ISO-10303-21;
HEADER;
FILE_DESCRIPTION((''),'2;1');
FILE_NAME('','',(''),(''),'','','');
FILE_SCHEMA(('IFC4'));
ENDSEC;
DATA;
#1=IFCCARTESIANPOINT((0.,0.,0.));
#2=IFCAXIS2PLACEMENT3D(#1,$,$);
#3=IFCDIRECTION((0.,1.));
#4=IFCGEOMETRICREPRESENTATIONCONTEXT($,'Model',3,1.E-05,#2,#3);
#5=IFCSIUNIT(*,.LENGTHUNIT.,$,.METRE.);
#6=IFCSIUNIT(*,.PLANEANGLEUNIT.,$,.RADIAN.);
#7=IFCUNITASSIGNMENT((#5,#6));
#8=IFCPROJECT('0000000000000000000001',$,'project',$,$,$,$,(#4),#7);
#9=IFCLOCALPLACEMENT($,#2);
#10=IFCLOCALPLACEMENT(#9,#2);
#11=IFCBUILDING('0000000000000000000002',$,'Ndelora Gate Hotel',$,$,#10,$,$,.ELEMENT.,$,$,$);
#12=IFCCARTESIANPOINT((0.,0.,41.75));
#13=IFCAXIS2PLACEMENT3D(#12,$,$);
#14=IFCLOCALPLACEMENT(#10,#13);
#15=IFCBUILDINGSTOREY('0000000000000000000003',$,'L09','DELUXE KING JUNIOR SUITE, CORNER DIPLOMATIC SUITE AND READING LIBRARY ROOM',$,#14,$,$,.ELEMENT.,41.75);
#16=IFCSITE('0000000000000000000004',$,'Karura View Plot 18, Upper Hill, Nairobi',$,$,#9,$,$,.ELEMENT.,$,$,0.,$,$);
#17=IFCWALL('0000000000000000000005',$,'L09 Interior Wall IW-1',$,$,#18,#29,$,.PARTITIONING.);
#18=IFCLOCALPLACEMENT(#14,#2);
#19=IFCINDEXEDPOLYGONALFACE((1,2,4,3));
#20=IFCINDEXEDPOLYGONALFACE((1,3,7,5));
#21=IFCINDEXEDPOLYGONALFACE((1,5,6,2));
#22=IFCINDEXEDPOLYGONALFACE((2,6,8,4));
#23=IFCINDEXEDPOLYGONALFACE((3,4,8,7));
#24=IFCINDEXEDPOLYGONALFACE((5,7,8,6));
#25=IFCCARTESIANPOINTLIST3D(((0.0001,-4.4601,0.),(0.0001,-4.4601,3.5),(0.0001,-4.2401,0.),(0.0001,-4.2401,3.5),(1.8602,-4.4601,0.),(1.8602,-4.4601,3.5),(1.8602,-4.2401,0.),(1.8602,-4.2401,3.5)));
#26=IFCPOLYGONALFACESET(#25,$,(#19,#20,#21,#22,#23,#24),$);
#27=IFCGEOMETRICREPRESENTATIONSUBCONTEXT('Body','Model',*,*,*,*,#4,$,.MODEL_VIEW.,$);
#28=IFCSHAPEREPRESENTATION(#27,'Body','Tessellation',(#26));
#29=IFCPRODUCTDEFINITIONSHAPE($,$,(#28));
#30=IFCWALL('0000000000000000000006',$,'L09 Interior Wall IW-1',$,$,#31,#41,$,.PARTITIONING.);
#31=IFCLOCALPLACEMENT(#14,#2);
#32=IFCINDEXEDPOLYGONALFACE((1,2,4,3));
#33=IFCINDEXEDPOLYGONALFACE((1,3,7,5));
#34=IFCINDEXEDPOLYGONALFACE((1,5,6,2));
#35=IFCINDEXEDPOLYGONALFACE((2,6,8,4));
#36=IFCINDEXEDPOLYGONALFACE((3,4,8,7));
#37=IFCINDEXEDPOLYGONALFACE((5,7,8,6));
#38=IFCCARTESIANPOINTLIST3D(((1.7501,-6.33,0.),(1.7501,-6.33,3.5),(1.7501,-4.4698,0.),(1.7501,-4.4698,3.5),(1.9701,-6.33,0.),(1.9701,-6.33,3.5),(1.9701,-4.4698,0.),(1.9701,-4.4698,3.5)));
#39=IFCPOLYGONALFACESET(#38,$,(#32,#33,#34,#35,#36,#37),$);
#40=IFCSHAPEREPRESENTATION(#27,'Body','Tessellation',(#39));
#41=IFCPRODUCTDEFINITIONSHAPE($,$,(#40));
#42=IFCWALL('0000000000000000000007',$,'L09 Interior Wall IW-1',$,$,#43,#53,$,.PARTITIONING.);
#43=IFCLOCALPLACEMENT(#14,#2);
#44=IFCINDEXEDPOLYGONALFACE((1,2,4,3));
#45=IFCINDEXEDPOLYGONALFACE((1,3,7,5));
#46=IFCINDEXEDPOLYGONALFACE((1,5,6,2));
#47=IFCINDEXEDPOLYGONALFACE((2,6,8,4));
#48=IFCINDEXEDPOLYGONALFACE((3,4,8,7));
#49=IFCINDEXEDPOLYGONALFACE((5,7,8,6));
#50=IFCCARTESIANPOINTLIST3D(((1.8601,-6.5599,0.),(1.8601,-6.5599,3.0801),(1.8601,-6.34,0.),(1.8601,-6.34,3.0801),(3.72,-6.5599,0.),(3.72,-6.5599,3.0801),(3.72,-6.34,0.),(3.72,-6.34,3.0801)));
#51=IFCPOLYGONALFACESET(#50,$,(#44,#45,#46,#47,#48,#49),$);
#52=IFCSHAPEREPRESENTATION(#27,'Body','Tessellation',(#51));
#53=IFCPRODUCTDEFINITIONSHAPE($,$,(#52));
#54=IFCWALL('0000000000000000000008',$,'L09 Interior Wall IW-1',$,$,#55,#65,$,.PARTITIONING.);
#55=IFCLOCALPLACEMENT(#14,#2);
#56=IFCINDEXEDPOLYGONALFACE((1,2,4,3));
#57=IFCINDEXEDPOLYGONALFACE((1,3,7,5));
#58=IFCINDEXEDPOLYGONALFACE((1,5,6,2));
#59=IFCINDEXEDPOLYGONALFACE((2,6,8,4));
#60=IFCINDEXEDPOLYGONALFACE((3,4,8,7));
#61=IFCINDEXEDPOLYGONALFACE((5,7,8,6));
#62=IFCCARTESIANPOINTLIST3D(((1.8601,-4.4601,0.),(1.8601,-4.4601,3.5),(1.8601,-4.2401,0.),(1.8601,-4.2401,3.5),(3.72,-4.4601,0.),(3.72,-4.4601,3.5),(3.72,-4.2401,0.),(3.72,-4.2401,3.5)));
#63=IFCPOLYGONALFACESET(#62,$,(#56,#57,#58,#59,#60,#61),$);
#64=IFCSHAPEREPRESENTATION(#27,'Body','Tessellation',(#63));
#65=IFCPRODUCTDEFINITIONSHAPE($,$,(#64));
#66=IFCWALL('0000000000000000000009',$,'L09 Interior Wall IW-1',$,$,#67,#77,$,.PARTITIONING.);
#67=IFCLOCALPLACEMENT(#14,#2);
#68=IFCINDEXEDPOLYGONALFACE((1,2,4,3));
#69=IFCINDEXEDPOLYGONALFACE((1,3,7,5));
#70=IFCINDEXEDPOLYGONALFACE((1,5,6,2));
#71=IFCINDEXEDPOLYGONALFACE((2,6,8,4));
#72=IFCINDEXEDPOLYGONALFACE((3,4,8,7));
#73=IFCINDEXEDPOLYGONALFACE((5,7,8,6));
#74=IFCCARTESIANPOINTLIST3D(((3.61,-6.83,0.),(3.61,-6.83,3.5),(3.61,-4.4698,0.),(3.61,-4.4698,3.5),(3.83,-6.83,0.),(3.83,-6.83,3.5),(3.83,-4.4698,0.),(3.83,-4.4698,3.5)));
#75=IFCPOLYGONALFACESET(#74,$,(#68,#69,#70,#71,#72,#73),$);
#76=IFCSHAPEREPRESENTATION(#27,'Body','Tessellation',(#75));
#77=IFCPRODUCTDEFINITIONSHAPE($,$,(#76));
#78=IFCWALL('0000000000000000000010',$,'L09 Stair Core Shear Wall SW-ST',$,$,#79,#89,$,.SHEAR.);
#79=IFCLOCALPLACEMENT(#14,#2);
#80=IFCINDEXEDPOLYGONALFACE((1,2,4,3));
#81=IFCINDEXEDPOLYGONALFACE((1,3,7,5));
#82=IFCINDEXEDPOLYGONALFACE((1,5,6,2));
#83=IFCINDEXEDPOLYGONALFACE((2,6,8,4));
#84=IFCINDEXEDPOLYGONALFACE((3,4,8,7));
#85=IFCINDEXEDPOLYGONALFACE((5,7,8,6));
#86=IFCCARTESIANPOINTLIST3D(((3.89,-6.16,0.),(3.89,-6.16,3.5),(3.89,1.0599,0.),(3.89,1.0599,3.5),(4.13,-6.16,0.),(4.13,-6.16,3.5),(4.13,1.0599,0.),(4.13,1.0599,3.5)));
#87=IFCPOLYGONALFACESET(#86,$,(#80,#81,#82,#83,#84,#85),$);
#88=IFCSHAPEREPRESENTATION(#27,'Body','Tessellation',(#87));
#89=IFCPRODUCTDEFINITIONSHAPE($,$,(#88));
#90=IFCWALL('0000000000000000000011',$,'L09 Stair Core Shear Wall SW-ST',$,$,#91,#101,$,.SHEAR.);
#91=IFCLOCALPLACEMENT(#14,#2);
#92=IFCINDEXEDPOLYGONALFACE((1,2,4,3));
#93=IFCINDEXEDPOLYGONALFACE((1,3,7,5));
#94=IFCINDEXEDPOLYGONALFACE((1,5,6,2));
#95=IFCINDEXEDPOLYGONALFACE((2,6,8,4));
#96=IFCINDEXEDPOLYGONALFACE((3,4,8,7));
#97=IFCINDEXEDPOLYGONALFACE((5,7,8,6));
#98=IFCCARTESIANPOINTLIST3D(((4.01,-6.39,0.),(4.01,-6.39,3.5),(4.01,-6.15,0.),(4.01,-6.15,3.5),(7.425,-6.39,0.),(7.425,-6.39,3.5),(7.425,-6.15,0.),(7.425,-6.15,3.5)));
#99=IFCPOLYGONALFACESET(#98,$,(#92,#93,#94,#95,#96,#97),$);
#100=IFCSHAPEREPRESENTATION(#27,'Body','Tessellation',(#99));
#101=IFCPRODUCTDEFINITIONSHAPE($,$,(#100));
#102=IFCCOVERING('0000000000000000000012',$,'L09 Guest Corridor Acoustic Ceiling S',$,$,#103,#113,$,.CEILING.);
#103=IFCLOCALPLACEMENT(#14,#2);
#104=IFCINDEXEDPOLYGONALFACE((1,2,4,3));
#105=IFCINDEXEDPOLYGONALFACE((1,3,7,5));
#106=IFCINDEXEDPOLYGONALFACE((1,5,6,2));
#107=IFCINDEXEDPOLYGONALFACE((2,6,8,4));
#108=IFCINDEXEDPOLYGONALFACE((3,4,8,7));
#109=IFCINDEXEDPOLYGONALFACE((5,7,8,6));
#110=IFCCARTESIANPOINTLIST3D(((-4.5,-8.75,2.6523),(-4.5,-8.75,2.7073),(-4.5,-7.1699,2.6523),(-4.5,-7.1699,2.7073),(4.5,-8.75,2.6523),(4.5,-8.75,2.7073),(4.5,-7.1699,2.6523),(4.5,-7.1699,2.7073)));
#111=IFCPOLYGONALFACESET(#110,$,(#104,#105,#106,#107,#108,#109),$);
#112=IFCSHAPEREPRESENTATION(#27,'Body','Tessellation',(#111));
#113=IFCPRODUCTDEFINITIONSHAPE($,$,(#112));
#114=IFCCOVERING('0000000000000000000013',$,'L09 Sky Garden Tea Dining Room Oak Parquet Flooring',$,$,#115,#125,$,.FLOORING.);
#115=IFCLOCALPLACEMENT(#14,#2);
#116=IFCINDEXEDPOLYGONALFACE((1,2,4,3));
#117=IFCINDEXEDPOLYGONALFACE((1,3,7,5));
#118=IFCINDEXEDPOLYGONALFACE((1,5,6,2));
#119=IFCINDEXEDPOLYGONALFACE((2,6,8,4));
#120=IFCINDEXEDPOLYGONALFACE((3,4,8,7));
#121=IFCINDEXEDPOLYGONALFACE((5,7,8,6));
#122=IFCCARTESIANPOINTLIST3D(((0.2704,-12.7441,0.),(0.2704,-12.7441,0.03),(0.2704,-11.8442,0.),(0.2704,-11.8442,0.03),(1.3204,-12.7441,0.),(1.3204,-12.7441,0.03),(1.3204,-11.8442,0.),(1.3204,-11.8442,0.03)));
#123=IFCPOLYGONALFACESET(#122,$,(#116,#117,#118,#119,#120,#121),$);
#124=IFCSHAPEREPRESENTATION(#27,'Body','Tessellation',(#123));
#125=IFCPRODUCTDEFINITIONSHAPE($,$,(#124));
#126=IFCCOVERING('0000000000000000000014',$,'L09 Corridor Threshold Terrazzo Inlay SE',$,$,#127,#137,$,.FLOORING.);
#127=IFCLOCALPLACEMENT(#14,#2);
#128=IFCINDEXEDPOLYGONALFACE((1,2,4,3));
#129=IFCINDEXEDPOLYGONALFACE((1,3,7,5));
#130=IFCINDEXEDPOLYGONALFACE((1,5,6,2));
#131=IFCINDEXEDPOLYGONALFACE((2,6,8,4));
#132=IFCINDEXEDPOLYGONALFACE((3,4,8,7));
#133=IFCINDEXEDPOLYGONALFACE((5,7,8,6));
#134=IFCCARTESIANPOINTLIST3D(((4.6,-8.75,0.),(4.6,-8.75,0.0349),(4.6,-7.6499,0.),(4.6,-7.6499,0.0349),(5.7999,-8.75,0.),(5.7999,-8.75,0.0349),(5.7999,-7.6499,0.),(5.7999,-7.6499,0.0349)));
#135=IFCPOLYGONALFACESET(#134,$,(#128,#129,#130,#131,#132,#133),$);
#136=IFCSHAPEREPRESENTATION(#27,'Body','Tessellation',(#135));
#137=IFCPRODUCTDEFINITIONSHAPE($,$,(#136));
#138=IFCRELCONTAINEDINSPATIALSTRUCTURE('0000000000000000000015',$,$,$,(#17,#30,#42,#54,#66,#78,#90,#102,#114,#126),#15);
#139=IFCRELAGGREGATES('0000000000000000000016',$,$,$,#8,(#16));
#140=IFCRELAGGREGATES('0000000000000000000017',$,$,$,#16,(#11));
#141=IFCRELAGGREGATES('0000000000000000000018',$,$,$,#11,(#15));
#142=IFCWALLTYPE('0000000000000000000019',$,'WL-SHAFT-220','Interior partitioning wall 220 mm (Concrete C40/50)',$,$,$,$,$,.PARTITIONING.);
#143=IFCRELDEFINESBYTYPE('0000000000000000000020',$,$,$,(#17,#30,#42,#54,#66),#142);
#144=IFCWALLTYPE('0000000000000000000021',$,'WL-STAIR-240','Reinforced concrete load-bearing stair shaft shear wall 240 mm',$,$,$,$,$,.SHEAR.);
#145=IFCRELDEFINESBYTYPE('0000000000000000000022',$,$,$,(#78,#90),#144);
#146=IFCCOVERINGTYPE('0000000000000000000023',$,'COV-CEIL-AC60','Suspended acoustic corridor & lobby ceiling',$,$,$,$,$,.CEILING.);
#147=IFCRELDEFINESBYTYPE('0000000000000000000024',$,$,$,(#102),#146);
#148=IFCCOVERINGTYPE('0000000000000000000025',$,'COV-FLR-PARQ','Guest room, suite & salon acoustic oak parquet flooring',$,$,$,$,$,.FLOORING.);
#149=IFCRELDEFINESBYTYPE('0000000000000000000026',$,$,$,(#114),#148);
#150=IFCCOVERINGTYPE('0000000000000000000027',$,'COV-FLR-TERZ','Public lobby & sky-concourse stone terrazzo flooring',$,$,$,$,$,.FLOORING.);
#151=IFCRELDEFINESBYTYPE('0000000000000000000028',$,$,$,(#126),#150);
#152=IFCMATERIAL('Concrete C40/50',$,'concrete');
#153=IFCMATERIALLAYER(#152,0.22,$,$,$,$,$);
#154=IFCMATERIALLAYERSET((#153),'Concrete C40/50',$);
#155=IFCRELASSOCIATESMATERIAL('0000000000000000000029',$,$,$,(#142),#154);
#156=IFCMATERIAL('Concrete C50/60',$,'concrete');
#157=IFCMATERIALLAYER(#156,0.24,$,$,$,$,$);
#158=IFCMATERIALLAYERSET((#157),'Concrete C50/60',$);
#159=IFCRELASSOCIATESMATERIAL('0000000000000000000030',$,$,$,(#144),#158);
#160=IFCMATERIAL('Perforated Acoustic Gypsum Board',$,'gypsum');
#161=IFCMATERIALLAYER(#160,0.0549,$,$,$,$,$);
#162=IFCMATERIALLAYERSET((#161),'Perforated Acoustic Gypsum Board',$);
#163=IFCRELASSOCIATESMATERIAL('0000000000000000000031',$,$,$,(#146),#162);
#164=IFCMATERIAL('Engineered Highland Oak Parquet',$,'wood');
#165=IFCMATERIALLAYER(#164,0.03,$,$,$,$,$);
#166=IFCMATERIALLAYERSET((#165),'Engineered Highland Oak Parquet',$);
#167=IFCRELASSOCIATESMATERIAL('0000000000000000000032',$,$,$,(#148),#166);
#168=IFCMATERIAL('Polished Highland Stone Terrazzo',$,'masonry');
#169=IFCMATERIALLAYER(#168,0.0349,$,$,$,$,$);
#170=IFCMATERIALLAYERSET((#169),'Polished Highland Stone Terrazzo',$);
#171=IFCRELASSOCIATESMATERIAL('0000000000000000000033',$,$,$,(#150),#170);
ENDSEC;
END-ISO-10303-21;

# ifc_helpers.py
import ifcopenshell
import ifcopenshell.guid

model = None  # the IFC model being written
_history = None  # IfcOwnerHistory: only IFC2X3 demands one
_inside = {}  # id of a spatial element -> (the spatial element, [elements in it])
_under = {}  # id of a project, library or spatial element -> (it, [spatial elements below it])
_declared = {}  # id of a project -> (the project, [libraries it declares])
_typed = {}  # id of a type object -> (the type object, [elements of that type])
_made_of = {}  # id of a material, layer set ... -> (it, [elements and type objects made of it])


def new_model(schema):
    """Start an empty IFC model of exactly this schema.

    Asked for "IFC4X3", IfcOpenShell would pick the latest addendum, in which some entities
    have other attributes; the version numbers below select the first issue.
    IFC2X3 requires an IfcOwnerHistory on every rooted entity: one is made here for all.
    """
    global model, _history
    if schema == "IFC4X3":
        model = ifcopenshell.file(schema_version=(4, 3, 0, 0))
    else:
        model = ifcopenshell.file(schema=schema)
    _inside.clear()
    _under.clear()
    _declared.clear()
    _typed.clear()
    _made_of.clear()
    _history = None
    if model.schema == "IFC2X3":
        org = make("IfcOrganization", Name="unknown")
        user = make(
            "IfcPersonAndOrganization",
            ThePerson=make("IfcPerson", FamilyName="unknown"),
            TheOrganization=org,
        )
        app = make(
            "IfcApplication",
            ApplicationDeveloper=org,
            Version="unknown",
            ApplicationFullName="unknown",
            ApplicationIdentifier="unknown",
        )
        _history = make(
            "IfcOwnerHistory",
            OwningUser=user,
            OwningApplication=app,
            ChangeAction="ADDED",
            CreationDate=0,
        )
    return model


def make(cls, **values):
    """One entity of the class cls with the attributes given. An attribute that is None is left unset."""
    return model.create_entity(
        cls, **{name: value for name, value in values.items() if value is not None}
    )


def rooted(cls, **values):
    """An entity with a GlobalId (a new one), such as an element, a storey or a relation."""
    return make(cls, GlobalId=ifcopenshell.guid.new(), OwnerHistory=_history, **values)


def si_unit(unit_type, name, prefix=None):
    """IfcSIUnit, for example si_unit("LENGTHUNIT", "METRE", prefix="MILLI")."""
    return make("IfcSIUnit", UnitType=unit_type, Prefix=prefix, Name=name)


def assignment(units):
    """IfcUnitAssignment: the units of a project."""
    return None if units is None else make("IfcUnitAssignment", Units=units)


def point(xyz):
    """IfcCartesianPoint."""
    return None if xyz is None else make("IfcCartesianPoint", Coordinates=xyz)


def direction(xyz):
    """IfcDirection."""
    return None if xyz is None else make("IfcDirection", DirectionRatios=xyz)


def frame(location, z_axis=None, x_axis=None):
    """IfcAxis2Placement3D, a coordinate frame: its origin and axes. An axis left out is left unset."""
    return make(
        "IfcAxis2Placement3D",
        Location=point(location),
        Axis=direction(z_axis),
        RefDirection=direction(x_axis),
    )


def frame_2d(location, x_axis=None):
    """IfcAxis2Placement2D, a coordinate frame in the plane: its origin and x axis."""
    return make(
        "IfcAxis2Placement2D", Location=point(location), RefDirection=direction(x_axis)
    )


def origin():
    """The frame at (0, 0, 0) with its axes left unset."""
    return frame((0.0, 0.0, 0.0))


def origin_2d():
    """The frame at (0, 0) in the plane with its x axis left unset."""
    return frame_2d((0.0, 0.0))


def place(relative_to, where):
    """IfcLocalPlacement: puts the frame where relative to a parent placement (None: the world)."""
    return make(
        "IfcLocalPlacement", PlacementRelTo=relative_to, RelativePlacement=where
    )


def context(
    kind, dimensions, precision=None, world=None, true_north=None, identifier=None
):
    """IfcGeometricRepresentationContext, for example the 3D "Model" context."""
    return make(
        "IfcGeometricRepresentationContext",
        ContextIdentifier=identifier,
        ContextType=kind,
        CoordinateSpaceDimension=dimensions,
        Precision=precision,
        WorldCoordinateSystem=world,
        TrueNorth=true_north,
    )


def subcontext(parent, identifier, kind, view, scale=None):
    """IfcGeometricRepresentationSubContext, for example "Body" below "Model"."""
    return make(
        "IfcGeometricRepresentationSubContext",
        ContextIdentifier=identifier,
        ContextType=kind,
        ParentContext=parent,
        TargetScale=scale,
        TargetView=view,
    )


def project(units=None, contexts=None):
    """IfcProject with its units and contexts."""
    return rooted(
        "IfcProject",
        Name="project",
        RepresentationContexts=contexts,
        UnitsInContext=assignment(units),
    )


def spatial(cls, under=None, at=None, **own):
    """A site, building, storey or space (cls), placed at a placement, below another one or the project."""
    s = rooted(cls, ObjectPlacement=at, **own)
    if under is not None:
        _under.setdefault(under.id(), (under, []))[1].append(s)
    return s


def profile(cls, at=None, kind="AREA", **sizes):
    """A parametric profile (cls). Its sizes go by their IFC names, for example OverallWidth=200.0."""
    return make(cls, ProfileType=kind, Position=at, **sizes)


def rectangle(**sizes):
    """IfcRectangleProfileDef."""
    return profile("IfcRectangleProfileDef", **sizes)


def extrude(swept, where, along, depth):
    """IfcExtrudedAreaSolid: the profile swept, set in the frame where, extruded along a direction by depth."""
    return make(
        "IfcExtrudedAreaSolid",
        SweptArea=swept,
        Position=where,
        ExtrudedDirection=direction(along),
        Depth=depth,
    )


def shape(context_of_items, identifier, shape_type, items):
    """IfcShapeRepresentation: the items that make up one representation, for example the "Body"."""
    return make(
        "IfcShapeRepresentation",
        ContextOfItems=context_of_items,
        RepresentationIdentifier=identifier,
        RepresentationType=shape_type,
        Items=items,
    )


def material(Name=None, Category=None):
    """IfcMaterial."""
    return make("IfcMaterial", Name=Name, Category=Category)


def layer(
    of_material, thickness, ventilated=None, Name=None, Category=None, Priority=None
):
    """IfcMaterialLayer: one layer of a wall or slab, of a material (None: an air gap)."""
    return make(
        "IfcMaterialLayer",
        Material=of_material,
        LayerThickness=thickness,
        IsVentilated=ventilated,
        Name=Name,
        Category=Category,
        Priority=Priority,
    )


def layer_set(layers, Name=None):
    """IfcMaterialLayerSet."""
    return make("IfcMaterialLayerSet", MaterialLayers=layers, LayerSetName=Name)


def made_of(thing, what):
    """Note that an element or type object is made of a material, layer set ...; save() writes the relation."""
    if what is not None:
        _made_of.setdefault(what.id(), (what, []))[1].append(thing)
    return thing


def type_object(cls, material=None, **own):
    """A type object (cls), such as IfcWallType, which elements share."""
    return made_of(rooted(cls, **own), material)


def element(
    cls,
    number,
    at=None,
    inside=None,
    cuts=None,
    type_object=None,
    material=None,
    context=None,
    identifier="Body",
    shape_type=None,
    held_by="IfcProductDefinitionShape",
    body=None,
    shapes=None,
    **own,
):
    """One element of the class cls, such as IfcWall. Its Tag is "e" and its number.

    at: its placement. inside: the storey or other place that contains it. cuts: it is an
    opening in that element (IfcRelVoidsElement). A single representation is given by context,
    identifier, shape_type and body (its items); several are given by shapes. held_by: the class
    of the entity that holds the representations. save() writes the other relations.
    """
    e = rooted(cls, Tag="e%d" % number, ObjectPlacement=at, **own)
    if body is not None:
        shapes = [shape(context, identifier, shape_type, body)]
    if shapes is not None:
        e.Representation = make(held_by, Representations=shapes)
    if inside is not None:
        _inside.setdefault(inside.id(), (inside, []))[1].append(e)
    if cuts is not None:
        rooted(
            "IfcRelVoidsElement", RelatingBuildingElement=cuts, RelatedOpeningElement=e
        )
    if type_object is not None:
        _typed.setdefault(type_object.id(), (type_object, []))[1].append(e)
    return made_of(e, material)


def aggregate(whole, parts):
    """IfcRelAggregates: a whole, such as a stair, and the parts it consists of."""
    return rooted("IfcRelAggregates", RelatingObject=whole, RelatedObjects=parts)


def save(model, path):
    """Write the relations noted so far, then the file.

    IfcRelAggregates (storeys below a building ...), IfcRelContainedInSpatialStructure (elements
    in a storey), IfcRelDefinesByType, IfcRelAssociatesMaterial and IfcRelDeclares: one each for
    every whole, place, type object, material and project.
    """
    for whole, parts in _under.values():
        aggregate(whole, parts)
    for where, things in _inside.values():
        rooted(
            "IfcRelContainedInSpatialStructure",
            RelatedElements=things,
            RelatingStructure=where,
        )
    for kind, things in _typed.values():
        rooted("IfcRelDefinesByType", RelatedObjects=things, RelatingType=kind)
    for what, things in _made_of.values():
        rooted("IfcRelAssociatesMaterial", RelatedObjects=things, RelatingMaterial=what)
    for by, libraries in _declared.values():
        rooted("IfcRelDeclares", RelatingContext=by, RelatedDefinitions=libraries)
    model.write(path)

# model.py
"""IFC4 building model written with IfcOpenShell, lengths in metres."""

from ifc_helpers import new_model, si_unit, direction, frame, frame_2d, origin, origin_2d, place, context, subcontext, project, spatial, rectangle, extrude, material, layer, layer_set, type_object, element, save


model = new_model("IFC4")

# Units and contexts
model_context = context("Model", 3, precision=1e-05, world=origin(), true_north=direction((0.0, 1.0)))
body_context = subcontext(model_context, "Body", "Model", "MODEL_VIEW")
ifc_project = project(units=[si_unit("LENGTHUNIT", "METRE"), si_unit("PLANEANGLEUNIT", "RADIAN")], contexts=[model_context])

# Site, building, storey
site_placement = place(None, origin())
site = spatial("IfcSite", under=ifc_project, at=site_placement, Name="Karura View Plot 18, Upper Hill, Nairobi", CompositionType="ELEMENT", RefElevation=0.0)
building_placement = place(site_placement, origin())
building = spatial("IfcBuilding", under=site, at=building_placement, Name="Ndelora Gate Hotel", CompositionType="ELEMENT")
storey_placement = place(building_placement, frame((0.0, 0.0, 41.75)))
storey = spatial("IfcBuildingStorey", under=building, at=storey_placement, Name="L09", Description="DELUXE KING JUNIOR SUITE, CORNER DIPLOMATIC SUITE AND READING LIBRARY ROOM", CompositionType="ELEMENT", Elevation=41.75)

# Walls
ifc_material_1 = material(Name="Concrete C40/50", Category="concrete")
ifc_layer_1 = layer(ifc_material_1, 0.22)
ifc_layer_set_1 = layer_set([ifc_layer_1], Name="Concrete C40/50")
wall_type_1 = type_object("IfcWallType", Name="WL-SHAFT-220", Description="Interior partitioning wall 220 mm (Concrete C40/50)", PredefinedType="PARTITIONING", material=ifc_layer_set_1)
for number, where, z_axis, x_axis, name in (
    (1, (0.0, -4.3501, 0.0), (0.0, 0.0, 1.0), (1.0, 0.0, 0.0), "L09 Interior Wall IW-1"),
    (2, (1.8601, -6.3301, 0.0), (0.0, 0.0, 1.0), (0.0, 1.0, 0.0), "L09 Interior Wall IW-1"),
):
    element("IfcWall", number, at=place(storey_placement, frame(where, z_axis=z_axis, x_axis=x_axis)), inside=storey, type_object=wall_type_1, Name=name, PredefinedType="PARTITIONING", context=body_context, shape_type="SweptSolid", body=[
        extrude(rectangle(XDim=1.8601, YDim=0.22, at=frame_2d((0.9302, 0.0))), origin(), (0.0, 0.0, 1.0), 3.5),
    ])
wall_1_placement = place(storey_placement, frame((1.8601, -6.45, 0.0), z_axis=(0.0, 0.0, 1.0), x_axis=(1.0, 0.0, 0.0)))
element("IfcWall", 3, at=wall_1_placement, inside=storey, type_object=wall_type_1, Name="L09 Interior Wall IW-1", PredefinedType="PARTITIONING", context=body_context, shape_type="SweptSolid", body=[
    extrude(rectangle(XDim=1.8599, YDim=0.22, at=frame_2d((0.9299, 0.0))), origin(), (0.0, 0.0, 1.0), 3.0801),
])
wall_2_placement = place(storey_placement, frame((1.8601, -4.3501, 0.0), z_axis=(0.0, 0.0, 1.0), x_axis=(1.0, 0.0, 0.0)))
element("IfcWall", 4, at=wall_2_placement, inside=storey, type_object=wall_type_1, Name="L09 Interior Wall IW-1", PredefinedType="PARTITIONING", context=body_context, shape_type="SweptSolid", body=[
    extrude(rectangle(XDim=1.8599, YDim=0.22, at=frame_2d((0.9299, 0.0))), origin(), (0.0, 0.0, 1.0), 3.5),
])
wall_3_placement = place(storey_placement, frame((3.72, -6.8301, 0.0), z_axis=(0.0, 0.0, 1.0), x_axis=(0.0, 1.0, 0.0)))
element("IfcWall", 5, at=wall_3_placement, inside=storey, type_object=wall_type_1, Name="L09 Interior Wall IW-1", PredefinedType="PARTITIONING", context=body_context, shape_type="SweptSolid", body=[
    extrude(rectangle(XDim=2.3601, YDim=0.22, at=frame_2d((1.1802, 0.0))), origin(), (0.0, 0.0, 1.0), 3.5),
])
ifc_material_2 = material(Name="Concrete C50/60", Category="concrete")
ifc_layer_2 = layer(ifc_material_2, 0.24)
ifc_layer_set_2 = layer_set([ifc_layer_2], Name="Concrete C50/60")
wall_type_2 = type_object("IfcWallType", Name="WL-STAIR-240", Description="Reinforced concrete load-bearing stair shaft shear wall 240 mm", PredefinedType="SHEAR", material=ifc_layer_set_2)
wall_4_placement = place(storey_placement, frame((4.01, -6.1599, 0.0), z_axis=(0.0, 0.0, 1.0), x_axis=(0.0, 1.0, 0.0)))
element("IfcWall", 6, at=wall_4_placement, inside=storey, type_object=wall_type_2, Name="L09 Stair Core Shear Wall SW-ST", PredefinedType="SHEAR", context=body_context, shape_type="SweptSolid", body=[
    extrude(rectangle(XDim=7.22, YDim=0.24, at=frame_2d((3.6099, 0.0))), origin(), (0.0, 0.0, 1.0), 3.5),
])
wall_5_placement = place(storey_placement, frame((4.01, -6.27, 0.0), z_axis=(0.0, 0.0, 1.0), x_axis=(1.0, 0.0, 0.0)))
element("IfcWall", 7, at=wall_5_placement, inside=storey, type_object=wall_type_2, Name="L09 Stair Core Shear Wall SW-ST", PredefinedType="SHEAR", context=body_context, shape_type="SweptSolid", body=[
    extrude(rectangle(XDim=3.415, YDim=0.24, at=frame_2d((1.7075, 0.0))), origin(), (0.0, 0.0, 1.0), 3.5),
])

# Coverings
ifc_material_3 = material(Name="Perforated Acoustic Gypsum Board", Category="gypsum")
ifc_layer_3 = layer(ifc_material_3, 0.0549)
ifc_layer_set_3 = layer_set([ifc_layer_3], Name="Perforated Acoustic Gypsum Board")
covering_type_1 = type_object("IfcCoveringType", Name="COV-CEIL-AC60", Description="Suspended acoustic corridor & lobby ceiling", PredefinedType="CEILING", material=ifc_layer_set_3)
covering_1_placement = place(storey_placement, frame((0.0, -7.96, 2.6523), z_axis=(0.0, 0.0, 1.0), x_axis=(1.0, 0.0, 0.0)))
element("IfcCovering", 8, at=covering_1_placement, inside=storey, type_object=covering_type_1, Name="L09 Guest Corridor Acoustic Ceiling S", PredefinedType="CEILING", context=body_context, shape_type="SweptSolid", body=[
    extrude(rectangle(XDim=9.0, YDim=1.5801, at=origin_2d()), origin(), (0.0, 0.0, 1.0), 0.0549),
])
ifc_material_4 = material(Name="Engineered Highland Oak Parquet", Category="wood")
ifc_layer_4 = layer(ifc_material_4, 0.03)
ifc_layer_set_4 = layer_set([ifc_layer_4], Name="Engineered Highland Oak Parquet")
covering_type_2 = type_object("IfcCoveringType", Name="COV-FLR-PARQ", Description="Guest room, suite & salon acoustic oak parquet flooring", PredefinedType="FLOORING", material=ifc_layer_set_4)
covering_2_placement = place(storey_placement, frame((0.7954, -12.2942, 0.0), z_axis=(0.0, 0.0, 1.0), x_axis=(1.0, 0.0, 0.0)))
element("IfcCovering", 9, at=covering_2_placement, inside=storey, type_object=covering_type_2, Name="L09 Sky Garden Tea Dining Room Oak Parquet Flooring", PredefinedType="FLOORING", context=body_context, shape_type="SweptSolid", body=[
    extrude(rectangle(XDim=1.05, YDim=0.8999, at=origin_2d()), origin(), (0.0, 0.0, 1.0), 0.03),
])
ifc_material_5 = material(Name="Polished Highland Stone Terrazzo", Category="masonry")
ifc_layer_5 = layer(ifc_material_5, 0.0349)
ifc_layer_set_5 = layer_set([ifc_layer_5], Name="Polished Highland Stone Terrazzo")
covering_type_3 = type_object("IfcCoveringType", Name="COV-FLR-TERZ", Description="Public lobby & sky-concourse stone terrazzo flooring", PredefinedType="FLOORING", material=ifc_layer_set_5)
covering_3_placement = place(storey_placement, frame((5.2, -8.2, 0.0), z_axis=(0.0, 0.0, 1.0), x_axis=(1.0, 0.0, 0.0)))
element("IfcCovering", 10, at=covering_3_placement, inside=storey, type_object=covering_type_3, Name="L09 Corridor Threshold Terrazzo Inlay SE", PredefinedType="FLOORING", context=body_context, shape_type="SweptSolid", body=[
    extrude(rectangle(XDim=1.2, YDim=1.1001, at=origin_2d()), origin(), (0.0, 0.0, 1.0), 0.0349),
])

save(model, "model.ifc")
